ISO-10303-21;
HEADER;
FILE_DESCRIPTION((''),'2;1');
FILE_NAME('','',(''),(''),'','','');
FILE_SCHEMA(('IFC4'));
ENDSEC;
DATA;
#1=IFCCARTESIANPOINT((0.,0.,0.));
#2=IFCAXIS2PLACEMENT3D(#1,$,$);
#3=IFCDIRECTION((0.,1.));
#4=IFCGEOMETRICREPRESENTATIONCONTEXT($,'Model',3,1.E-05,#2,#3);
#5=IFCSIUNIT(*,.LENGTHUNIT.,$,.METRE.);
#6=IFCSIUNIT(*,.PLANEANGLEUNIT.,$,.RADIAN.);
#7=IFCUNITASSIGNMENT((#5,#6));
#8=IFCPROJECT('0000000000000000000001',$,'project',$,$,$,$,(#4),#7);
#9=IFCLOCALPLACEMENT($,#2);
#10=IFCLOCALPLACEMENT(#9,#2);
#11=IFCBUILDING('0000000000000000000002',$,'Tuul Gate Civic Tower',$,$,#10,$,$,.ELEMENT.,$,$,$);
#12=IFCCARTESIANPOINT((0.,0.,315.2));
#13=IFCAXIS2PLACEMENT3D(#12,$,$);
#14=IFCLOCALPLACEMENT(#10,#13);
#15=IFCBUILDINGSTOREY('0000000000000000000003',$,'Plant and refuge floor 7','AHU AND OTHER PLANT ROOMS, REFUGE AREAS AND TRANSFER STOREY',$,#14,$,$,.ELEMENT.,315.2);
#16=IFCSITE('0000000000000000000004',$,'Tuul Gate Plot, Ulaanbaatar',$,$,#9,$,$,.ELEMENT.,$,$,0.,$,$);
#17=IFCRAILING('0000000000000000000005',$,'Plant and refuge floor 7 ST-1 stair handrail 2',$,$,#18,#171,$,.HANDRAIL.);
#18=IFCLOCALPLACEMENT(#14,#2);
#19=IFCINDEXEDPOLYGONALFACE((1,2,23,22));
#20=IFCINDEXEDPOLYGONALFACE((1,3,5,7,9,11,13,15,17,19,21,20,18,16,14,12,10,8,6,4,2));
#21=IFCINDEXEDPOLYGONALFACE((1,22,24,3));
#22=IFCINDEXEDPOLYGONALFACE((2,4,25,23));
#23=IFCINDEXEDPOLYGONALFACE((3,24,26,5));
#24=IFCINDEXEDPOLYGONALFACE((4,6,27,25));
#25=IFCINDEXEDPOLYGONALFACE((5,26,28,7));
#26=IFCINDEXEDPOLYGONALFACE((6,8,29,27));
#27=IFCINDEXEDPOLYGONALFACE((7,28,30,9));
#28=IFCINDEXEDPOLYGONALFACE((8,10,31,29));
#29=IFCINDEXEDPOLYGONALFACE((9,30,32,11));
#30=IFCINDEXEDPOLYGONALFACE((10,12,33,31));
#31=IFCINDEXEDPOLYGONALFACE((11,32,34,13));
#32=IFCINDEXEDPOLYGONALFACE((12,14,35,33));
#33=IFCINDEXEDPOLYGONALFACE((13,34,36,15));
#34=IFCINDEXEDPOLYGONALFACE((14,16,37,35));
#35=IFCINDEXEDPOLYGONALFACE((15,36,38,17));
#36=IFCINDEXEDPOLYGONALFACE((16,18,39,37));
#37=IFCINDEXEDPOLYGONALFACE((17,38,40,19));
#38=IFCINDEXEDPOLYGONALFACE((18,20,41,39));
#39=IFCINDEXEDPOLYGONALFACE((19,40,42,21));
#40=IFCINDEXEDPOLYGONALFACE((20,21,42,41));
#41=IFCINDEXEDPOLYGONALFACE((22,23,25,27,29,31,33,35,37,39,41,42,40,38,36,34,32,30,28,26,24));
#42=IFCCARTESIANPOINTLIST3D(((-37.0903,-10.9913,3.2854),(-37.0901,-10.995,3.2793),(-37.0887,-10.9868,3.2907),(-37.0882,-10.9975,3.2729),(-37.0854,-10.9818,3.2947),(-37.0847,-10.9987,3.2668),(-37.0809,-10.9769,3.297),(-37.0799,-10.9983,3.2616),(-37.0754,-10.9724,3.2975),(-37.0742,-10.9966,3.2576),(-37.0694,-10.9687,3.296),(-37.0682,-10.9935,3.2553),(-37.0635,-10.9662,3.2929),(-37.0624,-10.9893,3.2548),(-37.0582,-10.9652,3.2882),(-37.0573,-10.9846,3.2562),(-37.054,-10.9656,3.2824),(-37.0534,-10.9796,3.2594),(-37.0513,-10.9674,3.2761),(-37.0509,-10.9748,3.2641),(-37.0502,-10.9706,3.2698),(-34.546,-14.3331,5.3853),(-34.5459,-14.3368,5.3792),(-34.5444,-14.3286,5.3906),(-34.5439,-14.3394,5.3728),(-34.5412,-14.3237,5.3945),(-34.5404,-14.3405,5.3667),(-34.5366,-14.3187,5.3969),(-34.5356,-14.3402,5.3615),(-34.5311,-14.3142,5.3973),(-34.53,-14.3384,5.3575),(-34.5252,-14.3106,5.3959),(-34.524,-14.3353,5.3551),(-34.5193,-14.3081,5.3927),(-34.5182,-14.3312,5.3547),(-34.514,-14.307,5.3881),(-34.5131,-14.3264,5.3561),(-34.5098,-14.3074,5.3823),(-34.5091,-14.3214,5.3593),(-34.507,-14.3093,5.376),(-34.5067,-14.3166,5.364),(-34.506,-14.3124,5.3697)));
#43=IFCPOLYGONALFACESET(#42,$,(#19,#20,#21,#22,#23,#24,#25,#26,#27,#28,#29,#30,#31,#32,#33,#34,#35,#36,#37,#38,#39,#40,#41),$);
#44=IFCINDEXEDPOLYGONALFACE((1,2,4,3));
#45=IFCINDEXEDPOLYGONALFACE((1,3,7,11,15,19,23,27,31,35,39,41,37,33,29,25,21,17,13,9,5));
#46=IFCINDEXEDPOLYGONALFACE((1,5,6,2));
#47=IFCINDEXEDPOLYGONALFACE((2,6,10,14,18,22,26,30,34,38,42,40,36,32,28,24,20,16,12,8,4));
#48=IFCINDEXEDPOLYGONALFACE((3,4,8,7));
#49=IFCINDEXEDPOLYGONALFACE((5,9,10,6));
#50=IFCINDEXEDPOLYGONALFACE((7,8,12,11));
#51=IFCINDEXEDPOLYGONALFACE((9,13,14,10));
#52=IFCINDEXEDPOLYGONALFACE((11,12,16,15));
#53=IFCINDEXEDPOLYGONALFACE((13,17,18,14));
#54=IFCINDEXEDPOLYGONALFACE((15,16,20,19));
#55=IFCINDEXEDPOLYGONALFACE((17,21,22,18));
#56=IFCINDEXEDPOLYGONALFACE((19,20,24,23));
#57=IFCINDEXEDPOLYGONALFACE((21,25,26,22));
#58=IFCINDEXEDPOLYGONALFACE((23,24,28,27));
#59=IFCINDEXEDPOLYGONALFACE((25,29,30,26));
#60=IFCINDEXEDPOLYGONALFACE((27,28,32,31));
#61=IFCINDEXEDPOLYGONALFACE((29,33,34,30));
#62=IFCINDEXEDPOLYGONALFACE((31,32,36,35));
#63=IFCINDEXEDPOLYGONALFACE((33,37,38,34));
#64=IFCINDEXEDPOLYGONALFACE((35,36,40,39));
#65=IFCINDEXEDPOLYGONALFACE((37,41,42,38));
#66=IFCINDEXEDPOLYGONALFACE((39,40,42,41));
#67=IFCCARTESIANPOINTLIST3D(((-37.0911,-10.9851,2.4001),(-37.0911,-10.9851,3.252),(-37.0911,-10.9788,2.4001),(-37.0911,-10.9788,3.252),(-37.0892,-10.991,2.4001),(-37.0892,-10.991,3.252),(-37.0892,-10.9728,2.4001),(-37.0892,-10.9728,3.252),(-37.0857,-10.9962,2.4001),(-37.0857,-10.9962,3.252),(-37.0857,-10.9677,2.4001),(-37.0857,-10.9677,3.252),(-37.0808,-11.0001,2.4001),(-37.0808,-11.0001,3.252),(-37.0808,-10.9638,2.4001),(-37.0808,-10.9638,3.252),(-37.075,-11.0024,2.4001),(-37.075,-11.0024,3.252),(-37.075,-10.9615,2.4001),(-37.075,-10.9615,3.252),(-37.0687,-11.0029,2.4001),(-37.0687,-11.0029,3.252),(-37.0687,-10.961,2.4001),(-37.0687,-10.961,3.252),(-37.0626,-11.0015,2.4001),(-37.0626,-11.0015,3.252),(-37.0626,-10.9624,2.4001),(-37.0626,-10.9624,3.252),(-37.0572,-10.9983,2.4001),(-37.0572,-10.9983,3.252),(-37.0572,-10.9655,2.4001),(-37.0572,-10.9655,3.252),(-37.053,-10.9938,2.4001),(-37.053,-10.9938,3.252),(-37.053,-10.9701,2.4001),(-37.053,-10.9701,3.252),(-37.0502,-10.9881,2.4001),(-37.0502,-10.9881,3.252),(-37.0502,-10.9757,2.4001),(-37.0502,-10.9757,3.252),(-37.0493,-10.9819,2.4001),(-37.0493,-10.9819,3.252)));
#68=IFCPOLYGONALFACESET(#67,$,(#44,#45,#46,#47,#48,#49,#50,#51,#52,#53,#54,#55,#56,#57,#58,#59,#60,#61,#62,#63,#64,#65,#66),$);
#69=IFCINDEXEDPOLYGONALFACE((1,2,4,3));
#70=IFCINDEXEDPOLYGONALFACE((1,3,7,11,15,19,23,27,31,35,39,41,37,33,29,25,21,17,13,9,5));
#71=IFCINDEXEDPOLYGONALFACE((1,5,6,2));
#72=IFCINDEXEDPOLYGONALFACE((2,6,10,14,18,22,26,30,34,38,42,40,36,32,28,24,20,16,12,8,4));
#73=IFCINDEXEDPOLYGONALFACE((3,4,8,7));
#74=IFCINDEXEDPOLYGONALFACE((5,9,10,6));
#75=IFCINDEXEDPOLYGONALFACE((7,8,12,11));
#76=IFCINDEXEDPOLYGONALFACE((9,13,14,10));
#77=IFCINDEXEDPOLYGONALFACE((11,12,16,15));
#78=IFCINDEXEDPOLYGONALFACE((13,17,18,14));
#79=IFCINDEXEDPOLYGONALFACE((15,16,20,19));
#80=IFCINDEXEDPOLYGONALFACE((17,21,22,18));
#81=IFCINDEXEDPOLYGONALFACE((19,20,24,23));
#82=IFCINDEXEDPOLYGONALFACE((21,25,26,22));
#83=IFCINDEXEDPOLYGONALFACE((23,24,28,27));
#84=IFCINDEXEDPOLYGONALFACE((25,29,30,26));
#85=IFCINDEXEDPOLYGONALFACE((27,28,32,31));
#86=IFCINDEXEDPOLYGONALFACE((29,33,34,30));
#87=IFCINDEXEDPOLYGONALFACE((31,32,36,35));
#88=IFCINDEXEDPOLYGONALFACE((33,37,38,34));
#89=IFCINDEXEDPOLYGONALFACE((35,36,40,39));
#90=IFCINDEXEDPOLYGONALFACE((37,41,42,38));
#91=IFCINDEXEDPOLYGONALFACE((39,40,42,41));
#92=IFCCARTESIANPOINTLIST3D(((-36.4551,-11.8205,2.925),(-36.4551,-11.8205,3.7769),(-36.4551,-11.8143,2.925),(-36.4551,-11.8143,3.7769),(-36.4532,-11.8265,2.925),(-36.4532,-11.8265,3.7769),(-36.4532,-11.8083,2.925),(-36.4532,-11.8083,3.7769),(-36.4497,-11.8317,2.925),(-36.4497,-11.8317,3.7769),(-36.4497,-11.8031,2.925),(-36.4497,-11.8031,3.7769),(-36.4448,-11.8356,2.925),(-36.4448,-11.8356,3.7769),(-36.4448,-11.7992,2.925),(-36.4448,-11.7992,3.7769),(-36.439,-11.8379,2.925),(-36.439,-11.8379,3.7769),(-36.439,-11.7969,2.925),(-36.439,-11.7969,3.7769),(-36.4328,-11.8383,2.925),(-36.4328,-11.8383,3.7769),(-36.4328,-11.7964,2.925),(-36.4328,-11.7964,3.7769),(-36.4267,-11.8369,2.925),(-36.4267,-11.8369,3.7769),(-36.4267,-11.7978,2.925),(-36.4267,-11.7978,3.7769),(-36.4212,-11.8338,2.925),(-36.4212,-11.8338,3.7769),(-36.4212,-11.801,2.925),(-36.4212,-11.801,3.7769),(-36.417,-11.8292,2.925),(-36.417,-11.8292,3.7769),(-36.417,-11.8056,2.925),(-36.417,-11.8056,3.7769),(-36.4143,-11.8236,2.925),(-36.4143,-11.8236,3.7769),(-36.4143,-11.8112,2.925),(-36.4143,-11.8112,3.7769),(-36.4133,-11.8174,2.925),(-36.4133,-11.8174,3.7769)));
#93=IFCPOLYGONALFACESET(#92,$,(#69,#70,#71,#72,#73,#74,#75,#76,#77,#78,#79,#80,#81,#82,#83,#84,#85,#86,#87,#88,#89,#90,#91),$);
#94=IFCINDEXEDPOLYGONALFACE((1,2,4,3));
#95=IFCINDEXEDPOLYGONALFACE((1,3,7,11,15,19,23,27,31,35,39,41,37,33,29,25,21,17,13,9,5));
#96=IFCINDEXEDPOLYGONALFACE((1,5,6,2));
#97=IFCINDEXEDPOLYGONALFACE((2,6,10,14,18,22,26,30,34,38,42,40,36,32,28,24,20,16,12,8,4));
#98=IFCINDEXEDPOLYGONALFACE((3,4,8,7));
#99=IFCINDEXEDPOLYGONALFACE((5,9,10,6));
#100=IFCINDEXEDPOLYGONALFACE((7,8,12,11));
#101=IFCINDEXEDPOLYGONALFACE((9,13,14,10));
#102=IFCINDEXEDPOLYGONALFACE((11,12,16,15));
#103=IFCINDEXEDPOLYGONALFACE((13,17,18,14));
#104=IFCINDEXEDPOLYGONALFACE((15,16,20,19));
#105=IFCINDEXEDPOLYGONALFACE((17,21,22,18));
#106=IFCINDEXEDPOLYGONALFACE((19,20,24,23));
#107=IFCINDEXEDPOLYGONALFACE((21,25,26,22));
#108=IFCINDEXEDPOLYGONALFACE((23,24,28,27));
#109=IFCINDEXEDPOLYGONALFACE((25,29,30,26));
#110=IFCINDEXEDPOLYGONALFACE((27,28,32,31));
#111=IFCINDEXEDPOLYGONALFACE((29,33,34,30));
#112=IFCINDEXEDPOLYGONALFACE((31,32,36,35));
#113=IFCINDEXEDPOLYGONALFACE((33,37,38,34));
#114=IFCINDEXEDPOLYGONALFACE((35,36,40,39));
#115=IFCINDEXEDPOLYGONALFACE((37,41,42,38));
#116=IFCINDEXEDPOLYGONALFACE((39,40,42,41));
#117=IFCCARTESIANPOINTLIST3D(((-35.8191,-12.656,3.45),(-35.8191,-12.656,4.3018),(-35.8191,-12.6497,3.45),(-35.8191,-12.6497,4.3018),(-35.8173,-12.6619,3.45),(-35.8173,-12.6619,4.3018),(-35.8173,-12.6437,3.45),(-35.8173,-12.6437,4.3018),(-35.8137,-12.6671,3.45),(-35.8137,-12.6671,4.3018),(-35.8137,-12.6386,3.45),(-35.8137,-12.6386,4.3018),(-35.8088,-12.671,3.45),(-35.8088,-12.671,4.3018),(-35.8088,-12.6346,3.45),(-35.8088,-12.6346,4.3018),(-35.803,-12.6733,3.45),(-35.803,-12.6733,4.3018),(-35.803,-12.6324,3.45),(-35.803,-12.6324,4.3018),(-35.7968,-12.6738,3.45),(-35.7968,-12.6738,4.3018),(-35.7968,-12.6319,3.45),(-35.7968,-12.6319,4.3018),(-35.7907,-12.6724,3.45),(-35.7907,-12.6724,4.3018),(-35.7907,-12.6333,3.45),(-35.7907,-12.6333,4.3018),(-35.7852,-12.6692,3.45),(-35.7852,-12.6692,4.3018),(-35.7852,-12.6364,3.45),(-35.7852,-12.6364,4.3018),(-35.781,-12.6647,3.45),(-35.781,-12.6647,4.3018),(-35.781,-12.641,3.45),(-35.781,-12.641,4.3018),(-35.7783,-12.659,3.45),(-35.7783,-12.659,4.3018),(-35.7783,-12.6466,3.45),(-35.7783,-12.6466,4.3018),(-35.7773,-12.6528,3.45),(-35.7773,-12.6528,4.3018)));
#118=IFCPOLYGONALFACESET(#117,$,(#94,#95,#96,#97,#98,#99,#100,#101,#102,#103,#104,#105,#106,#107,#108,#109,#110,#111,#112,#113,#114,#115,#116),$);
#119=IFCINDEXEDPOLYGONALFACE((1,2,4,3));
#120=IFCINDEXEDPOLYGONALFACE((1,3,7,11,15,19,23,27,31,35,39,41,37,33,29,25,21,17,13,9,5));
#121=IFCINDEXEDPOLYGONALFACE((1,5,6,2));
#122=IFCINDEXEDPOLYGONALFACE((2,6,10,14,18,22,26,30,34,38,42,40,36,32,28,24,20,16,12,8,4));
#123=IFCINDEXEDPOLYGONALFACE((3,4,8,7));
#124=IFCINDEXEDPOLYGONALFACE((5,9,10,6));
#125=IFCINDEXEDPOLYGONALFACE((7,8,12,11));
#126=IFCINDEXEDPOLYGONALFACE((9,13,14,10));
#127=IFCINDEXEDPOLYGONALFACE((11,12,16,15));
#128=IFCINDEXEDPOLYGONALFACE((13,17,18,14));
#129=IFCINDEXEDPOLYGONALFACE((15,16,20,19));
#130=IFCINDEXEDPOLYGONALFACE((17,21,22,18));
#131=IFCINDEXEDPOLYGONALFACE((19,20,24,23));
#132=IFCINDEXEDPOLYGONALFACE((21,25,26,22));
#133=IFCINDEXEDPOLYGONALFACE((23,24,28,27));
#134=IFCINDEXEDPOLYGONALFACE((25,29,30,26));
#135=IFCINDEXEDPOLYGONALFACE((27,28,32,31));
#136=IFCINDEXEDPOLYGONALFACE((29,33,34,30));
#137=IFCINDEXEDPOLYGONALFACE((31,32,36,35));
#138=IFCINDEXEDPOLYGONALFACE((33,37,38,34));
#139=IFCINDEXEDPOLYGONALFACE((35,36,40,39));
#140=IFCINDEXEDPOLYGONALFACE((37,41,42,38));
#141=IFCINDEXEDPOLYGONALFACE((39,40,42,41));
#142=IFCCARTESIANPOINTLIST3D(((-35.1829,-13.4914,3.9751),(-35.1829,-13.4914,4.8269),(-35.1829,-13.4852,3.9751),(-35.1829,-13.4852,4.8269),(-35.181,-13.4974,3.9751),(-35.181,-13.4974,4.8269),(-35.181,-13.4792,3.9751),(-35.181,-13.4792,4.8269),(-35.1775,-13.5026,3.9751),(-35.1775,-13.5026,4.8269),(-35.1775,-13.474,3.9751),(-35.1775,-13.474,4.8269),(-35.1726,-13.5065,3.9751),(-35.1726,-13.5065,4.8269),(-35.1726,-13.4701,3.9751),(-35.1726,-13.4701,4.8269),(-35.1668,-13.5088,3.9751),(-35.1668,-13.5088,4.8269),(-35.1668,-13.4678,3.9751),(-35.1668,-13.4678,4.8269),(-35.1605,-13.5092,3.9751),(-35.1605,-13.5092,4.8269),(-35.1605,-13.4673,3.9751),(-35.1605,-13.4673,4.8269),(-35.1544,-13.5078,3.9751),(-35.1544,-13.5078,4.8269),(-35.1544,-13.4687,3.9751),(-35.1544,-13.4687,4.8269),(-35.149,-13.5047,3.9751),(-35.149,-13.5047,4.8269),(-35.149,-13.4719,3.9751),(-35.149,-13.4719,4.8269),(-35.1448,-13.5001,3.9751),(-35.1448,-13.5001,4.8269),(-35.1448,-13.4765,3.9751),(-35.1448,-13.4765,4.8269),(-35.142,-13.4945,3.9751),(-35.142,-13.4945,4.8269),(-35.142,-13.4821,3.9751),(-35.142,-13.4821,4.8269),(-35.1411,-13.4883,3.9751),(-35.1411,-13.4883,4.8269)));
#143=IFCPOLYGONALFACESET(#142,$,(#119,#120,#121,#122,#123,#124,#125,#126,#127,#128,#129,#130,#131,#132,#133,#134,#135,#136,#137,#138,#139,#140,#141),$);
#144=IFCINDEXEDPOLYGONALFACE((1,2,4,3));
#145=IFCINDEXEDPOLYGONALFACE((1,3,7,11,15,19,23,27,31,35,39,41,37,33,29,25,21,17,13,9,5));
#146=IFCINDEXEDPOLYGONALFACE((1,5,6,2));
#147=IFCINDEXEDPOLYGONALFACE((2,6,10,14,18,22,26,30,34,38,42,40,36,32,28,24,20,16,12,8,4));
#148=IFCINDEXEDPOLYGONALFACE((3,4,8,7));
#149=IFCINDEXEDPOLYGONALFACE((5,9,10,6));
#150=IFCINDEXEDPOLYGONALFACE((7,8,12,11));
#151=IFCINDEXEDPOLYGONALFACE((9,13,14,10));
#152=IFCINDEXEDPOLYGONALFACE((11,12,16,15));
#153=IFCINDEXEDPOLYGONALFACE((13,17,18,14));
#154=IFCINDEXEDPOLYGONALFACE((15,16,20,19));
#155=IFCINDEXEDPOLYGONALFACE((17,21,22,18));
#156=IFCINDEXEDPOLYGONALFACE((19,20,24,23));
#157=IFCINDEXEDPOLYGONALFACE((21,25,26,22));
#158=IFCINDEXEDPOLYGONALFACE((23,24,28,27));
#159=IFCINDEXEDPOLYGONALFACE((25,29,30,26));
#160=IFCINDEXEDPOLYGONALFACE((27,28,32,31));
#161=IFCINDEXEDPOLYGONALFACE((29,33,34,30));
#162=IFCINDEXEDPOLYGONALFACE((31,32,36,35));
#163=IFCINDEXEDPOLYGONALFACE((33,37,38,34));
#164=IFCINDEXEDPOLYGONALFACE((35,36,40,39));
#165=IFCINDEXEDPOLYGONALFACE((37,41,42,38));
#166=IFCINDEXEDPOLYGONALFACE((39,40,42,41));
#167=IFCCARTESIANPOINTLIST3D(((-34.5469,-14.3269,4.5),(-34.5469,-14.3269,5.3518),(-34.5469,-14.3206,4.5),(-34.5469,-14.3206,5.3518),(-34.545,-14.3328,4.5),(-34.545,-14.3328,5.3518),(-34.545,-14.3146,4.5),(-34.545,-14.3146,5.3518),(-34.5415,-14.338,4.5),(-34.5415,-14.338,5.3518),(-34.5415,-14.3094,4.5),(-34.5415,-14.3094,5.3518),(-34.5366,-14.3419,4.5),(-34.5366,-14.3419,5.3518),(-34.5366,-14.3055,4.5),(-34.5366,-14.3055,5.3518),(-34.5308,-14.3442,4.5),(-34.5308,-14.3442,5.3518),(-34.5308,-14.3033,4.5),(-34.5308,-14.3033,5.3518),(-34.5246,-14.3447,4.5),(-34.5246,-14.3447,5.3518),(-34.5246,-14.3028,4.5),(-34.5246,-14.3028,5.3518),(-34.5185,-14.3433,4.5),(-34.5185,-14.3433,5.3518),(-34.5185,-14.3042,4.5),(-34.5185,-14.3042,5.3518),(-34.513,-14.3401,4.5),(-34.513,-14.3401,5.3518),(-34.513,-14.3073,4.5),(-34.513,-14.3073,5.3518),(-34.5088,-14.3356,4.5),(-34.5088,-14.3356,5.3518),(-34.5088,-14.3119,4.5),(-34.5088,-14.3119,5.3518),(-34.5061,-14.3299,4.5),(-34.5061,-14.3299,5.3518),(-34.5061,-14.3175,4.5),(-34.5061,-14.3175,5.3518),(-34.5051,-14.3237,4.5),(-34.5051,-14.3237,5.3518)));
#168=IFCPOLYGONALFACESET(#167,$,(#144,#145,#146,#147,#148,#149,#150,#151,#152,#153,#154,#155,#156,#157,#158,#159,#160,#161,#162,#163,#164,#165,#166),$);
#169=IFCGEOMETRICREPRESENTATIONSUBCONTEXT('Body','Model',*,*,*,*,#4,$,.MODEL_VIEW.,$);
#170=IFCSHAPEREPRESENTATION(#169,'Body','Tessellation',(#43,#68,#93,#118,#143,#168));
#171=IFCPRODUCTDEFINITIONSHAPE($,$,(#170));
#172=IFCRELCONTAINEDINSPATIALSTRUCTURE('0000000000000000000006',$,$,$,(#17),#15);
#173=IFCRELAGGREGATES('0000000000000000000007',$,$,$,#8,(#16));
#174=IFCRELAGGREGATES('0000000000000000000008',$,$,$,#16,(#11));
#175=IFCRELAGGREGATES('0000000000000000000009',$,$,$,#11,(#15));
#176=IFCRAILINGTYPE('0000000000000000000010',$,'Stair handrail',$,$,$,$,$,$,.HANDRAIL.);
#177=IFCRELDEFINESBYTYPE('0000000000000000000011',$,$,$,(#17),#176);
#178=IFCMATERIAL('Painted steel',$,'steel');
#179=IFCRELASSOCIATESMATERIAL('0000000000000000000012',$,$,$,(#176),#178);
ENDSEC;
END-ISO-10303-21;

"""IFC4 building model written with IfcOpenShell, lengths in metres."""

from ifc_helpers import new_model, si_unit, direction, frame, origin, origin_2d, place, context, subcontext, project, spatial, circle, extrude, material, type_object, element, save


model = new_model("IFC4")

# Units and contexts
model_context = context("Model", 3, precision=1e-05, world=origin(), true_north=direction((0.0, 1.0)))
body_context = subcontext(model_context, "Body", "Model", "MODEL_VIEW")
ifc_project = project(units=[si_unit("LENGTHUNIT", "METRE"), si_unit("PLANEANGLEUNIT", "RADIAN")], contexts=[model_context])

# Site, building, storey
site_placement = place(None, origin())
site = spatial("IfcSite", under=ifc_project, at=site_placement, Name="Tuul Gate Plot, Ulaanbaatar", CompositionType="ELEMENT", RefElevation=0.0)
building_placement = place(site_placement, origin())
building = spatial("IfcBuilding", under=site, at=building_placement, Name="Tuul Gate Civic Tower", CompositionType="ELEMENT")
storey_placement = place(building_placement, frame((0.0, 0.0, 315.2)))
storey = spatial("IfcBuildingStorey", under=building, at=storey_placement, Name="Plant and refuge floor 7", Description="AHU AND OTHER PLANT ROOMS, REFUGE AREAS AND TRANSFER STOREY", CompositionType="ELEMENT", Elevation=315.2)

# Railing
ifc_material_1 = material(Name="Painted steel", Category="steel")
railing_type_1 = type_object("IfcRailingType", Name="Stair handrail", PredefinedType="HANDRAIL", material=ifc_material_1)
railing_1_placement = place(storey_placement, frame((-37.0703, -10.9819, 2.4001)))
element("IfcRailing", 1, at=railing_1_placement, inside=storey, type_object=railing_type_1, Name="Plant and refuge floor 7 ST-1 stair handrail 2", PredefinedType="HANDRAIL", context=body_context, shape_type="SweptSolid", body=[
    extrude(circle(Radius=0.0239, at=origin_2d()), frame((0.0, 0.0, 0.876), z_axis=(0.541809, -0.711667, 0.447184), x_axis=(0.795655, 0.605751, 0.0)), (0.0, 0.0, 1.0), 4.6958),
    extrude(circle(Radius=0.021, at=origin_2d()), origin(), (0.0, 0.0, 1.0), 0.8518),
    extrude(circle(Radius=0.021, at=origin_2d()), frame((0.636, -0.8354, 0.5249)), (0.0, 0.0, 1.0), 0.8518),
    extrude(circle(Radius=0.021, at=origin_2d()), frame((1.272, -1.6709, 1.0498)), (0.0, 0.0, 1.0), 0.8518),
    extrude(circle(Radius=0.021, at=origin_2d()), frame((1.9082, -2.5063, 1.575)), (0.0, 0.0, 1.0), 0.8518),
    extrude(circle(Radius=0.021, at=origin_2d()), frame((2.5442, -3.3418, 2.0999)), (0.0, 0.0, 1.0), 0.8518),
])

save(model, "model.ifc")
